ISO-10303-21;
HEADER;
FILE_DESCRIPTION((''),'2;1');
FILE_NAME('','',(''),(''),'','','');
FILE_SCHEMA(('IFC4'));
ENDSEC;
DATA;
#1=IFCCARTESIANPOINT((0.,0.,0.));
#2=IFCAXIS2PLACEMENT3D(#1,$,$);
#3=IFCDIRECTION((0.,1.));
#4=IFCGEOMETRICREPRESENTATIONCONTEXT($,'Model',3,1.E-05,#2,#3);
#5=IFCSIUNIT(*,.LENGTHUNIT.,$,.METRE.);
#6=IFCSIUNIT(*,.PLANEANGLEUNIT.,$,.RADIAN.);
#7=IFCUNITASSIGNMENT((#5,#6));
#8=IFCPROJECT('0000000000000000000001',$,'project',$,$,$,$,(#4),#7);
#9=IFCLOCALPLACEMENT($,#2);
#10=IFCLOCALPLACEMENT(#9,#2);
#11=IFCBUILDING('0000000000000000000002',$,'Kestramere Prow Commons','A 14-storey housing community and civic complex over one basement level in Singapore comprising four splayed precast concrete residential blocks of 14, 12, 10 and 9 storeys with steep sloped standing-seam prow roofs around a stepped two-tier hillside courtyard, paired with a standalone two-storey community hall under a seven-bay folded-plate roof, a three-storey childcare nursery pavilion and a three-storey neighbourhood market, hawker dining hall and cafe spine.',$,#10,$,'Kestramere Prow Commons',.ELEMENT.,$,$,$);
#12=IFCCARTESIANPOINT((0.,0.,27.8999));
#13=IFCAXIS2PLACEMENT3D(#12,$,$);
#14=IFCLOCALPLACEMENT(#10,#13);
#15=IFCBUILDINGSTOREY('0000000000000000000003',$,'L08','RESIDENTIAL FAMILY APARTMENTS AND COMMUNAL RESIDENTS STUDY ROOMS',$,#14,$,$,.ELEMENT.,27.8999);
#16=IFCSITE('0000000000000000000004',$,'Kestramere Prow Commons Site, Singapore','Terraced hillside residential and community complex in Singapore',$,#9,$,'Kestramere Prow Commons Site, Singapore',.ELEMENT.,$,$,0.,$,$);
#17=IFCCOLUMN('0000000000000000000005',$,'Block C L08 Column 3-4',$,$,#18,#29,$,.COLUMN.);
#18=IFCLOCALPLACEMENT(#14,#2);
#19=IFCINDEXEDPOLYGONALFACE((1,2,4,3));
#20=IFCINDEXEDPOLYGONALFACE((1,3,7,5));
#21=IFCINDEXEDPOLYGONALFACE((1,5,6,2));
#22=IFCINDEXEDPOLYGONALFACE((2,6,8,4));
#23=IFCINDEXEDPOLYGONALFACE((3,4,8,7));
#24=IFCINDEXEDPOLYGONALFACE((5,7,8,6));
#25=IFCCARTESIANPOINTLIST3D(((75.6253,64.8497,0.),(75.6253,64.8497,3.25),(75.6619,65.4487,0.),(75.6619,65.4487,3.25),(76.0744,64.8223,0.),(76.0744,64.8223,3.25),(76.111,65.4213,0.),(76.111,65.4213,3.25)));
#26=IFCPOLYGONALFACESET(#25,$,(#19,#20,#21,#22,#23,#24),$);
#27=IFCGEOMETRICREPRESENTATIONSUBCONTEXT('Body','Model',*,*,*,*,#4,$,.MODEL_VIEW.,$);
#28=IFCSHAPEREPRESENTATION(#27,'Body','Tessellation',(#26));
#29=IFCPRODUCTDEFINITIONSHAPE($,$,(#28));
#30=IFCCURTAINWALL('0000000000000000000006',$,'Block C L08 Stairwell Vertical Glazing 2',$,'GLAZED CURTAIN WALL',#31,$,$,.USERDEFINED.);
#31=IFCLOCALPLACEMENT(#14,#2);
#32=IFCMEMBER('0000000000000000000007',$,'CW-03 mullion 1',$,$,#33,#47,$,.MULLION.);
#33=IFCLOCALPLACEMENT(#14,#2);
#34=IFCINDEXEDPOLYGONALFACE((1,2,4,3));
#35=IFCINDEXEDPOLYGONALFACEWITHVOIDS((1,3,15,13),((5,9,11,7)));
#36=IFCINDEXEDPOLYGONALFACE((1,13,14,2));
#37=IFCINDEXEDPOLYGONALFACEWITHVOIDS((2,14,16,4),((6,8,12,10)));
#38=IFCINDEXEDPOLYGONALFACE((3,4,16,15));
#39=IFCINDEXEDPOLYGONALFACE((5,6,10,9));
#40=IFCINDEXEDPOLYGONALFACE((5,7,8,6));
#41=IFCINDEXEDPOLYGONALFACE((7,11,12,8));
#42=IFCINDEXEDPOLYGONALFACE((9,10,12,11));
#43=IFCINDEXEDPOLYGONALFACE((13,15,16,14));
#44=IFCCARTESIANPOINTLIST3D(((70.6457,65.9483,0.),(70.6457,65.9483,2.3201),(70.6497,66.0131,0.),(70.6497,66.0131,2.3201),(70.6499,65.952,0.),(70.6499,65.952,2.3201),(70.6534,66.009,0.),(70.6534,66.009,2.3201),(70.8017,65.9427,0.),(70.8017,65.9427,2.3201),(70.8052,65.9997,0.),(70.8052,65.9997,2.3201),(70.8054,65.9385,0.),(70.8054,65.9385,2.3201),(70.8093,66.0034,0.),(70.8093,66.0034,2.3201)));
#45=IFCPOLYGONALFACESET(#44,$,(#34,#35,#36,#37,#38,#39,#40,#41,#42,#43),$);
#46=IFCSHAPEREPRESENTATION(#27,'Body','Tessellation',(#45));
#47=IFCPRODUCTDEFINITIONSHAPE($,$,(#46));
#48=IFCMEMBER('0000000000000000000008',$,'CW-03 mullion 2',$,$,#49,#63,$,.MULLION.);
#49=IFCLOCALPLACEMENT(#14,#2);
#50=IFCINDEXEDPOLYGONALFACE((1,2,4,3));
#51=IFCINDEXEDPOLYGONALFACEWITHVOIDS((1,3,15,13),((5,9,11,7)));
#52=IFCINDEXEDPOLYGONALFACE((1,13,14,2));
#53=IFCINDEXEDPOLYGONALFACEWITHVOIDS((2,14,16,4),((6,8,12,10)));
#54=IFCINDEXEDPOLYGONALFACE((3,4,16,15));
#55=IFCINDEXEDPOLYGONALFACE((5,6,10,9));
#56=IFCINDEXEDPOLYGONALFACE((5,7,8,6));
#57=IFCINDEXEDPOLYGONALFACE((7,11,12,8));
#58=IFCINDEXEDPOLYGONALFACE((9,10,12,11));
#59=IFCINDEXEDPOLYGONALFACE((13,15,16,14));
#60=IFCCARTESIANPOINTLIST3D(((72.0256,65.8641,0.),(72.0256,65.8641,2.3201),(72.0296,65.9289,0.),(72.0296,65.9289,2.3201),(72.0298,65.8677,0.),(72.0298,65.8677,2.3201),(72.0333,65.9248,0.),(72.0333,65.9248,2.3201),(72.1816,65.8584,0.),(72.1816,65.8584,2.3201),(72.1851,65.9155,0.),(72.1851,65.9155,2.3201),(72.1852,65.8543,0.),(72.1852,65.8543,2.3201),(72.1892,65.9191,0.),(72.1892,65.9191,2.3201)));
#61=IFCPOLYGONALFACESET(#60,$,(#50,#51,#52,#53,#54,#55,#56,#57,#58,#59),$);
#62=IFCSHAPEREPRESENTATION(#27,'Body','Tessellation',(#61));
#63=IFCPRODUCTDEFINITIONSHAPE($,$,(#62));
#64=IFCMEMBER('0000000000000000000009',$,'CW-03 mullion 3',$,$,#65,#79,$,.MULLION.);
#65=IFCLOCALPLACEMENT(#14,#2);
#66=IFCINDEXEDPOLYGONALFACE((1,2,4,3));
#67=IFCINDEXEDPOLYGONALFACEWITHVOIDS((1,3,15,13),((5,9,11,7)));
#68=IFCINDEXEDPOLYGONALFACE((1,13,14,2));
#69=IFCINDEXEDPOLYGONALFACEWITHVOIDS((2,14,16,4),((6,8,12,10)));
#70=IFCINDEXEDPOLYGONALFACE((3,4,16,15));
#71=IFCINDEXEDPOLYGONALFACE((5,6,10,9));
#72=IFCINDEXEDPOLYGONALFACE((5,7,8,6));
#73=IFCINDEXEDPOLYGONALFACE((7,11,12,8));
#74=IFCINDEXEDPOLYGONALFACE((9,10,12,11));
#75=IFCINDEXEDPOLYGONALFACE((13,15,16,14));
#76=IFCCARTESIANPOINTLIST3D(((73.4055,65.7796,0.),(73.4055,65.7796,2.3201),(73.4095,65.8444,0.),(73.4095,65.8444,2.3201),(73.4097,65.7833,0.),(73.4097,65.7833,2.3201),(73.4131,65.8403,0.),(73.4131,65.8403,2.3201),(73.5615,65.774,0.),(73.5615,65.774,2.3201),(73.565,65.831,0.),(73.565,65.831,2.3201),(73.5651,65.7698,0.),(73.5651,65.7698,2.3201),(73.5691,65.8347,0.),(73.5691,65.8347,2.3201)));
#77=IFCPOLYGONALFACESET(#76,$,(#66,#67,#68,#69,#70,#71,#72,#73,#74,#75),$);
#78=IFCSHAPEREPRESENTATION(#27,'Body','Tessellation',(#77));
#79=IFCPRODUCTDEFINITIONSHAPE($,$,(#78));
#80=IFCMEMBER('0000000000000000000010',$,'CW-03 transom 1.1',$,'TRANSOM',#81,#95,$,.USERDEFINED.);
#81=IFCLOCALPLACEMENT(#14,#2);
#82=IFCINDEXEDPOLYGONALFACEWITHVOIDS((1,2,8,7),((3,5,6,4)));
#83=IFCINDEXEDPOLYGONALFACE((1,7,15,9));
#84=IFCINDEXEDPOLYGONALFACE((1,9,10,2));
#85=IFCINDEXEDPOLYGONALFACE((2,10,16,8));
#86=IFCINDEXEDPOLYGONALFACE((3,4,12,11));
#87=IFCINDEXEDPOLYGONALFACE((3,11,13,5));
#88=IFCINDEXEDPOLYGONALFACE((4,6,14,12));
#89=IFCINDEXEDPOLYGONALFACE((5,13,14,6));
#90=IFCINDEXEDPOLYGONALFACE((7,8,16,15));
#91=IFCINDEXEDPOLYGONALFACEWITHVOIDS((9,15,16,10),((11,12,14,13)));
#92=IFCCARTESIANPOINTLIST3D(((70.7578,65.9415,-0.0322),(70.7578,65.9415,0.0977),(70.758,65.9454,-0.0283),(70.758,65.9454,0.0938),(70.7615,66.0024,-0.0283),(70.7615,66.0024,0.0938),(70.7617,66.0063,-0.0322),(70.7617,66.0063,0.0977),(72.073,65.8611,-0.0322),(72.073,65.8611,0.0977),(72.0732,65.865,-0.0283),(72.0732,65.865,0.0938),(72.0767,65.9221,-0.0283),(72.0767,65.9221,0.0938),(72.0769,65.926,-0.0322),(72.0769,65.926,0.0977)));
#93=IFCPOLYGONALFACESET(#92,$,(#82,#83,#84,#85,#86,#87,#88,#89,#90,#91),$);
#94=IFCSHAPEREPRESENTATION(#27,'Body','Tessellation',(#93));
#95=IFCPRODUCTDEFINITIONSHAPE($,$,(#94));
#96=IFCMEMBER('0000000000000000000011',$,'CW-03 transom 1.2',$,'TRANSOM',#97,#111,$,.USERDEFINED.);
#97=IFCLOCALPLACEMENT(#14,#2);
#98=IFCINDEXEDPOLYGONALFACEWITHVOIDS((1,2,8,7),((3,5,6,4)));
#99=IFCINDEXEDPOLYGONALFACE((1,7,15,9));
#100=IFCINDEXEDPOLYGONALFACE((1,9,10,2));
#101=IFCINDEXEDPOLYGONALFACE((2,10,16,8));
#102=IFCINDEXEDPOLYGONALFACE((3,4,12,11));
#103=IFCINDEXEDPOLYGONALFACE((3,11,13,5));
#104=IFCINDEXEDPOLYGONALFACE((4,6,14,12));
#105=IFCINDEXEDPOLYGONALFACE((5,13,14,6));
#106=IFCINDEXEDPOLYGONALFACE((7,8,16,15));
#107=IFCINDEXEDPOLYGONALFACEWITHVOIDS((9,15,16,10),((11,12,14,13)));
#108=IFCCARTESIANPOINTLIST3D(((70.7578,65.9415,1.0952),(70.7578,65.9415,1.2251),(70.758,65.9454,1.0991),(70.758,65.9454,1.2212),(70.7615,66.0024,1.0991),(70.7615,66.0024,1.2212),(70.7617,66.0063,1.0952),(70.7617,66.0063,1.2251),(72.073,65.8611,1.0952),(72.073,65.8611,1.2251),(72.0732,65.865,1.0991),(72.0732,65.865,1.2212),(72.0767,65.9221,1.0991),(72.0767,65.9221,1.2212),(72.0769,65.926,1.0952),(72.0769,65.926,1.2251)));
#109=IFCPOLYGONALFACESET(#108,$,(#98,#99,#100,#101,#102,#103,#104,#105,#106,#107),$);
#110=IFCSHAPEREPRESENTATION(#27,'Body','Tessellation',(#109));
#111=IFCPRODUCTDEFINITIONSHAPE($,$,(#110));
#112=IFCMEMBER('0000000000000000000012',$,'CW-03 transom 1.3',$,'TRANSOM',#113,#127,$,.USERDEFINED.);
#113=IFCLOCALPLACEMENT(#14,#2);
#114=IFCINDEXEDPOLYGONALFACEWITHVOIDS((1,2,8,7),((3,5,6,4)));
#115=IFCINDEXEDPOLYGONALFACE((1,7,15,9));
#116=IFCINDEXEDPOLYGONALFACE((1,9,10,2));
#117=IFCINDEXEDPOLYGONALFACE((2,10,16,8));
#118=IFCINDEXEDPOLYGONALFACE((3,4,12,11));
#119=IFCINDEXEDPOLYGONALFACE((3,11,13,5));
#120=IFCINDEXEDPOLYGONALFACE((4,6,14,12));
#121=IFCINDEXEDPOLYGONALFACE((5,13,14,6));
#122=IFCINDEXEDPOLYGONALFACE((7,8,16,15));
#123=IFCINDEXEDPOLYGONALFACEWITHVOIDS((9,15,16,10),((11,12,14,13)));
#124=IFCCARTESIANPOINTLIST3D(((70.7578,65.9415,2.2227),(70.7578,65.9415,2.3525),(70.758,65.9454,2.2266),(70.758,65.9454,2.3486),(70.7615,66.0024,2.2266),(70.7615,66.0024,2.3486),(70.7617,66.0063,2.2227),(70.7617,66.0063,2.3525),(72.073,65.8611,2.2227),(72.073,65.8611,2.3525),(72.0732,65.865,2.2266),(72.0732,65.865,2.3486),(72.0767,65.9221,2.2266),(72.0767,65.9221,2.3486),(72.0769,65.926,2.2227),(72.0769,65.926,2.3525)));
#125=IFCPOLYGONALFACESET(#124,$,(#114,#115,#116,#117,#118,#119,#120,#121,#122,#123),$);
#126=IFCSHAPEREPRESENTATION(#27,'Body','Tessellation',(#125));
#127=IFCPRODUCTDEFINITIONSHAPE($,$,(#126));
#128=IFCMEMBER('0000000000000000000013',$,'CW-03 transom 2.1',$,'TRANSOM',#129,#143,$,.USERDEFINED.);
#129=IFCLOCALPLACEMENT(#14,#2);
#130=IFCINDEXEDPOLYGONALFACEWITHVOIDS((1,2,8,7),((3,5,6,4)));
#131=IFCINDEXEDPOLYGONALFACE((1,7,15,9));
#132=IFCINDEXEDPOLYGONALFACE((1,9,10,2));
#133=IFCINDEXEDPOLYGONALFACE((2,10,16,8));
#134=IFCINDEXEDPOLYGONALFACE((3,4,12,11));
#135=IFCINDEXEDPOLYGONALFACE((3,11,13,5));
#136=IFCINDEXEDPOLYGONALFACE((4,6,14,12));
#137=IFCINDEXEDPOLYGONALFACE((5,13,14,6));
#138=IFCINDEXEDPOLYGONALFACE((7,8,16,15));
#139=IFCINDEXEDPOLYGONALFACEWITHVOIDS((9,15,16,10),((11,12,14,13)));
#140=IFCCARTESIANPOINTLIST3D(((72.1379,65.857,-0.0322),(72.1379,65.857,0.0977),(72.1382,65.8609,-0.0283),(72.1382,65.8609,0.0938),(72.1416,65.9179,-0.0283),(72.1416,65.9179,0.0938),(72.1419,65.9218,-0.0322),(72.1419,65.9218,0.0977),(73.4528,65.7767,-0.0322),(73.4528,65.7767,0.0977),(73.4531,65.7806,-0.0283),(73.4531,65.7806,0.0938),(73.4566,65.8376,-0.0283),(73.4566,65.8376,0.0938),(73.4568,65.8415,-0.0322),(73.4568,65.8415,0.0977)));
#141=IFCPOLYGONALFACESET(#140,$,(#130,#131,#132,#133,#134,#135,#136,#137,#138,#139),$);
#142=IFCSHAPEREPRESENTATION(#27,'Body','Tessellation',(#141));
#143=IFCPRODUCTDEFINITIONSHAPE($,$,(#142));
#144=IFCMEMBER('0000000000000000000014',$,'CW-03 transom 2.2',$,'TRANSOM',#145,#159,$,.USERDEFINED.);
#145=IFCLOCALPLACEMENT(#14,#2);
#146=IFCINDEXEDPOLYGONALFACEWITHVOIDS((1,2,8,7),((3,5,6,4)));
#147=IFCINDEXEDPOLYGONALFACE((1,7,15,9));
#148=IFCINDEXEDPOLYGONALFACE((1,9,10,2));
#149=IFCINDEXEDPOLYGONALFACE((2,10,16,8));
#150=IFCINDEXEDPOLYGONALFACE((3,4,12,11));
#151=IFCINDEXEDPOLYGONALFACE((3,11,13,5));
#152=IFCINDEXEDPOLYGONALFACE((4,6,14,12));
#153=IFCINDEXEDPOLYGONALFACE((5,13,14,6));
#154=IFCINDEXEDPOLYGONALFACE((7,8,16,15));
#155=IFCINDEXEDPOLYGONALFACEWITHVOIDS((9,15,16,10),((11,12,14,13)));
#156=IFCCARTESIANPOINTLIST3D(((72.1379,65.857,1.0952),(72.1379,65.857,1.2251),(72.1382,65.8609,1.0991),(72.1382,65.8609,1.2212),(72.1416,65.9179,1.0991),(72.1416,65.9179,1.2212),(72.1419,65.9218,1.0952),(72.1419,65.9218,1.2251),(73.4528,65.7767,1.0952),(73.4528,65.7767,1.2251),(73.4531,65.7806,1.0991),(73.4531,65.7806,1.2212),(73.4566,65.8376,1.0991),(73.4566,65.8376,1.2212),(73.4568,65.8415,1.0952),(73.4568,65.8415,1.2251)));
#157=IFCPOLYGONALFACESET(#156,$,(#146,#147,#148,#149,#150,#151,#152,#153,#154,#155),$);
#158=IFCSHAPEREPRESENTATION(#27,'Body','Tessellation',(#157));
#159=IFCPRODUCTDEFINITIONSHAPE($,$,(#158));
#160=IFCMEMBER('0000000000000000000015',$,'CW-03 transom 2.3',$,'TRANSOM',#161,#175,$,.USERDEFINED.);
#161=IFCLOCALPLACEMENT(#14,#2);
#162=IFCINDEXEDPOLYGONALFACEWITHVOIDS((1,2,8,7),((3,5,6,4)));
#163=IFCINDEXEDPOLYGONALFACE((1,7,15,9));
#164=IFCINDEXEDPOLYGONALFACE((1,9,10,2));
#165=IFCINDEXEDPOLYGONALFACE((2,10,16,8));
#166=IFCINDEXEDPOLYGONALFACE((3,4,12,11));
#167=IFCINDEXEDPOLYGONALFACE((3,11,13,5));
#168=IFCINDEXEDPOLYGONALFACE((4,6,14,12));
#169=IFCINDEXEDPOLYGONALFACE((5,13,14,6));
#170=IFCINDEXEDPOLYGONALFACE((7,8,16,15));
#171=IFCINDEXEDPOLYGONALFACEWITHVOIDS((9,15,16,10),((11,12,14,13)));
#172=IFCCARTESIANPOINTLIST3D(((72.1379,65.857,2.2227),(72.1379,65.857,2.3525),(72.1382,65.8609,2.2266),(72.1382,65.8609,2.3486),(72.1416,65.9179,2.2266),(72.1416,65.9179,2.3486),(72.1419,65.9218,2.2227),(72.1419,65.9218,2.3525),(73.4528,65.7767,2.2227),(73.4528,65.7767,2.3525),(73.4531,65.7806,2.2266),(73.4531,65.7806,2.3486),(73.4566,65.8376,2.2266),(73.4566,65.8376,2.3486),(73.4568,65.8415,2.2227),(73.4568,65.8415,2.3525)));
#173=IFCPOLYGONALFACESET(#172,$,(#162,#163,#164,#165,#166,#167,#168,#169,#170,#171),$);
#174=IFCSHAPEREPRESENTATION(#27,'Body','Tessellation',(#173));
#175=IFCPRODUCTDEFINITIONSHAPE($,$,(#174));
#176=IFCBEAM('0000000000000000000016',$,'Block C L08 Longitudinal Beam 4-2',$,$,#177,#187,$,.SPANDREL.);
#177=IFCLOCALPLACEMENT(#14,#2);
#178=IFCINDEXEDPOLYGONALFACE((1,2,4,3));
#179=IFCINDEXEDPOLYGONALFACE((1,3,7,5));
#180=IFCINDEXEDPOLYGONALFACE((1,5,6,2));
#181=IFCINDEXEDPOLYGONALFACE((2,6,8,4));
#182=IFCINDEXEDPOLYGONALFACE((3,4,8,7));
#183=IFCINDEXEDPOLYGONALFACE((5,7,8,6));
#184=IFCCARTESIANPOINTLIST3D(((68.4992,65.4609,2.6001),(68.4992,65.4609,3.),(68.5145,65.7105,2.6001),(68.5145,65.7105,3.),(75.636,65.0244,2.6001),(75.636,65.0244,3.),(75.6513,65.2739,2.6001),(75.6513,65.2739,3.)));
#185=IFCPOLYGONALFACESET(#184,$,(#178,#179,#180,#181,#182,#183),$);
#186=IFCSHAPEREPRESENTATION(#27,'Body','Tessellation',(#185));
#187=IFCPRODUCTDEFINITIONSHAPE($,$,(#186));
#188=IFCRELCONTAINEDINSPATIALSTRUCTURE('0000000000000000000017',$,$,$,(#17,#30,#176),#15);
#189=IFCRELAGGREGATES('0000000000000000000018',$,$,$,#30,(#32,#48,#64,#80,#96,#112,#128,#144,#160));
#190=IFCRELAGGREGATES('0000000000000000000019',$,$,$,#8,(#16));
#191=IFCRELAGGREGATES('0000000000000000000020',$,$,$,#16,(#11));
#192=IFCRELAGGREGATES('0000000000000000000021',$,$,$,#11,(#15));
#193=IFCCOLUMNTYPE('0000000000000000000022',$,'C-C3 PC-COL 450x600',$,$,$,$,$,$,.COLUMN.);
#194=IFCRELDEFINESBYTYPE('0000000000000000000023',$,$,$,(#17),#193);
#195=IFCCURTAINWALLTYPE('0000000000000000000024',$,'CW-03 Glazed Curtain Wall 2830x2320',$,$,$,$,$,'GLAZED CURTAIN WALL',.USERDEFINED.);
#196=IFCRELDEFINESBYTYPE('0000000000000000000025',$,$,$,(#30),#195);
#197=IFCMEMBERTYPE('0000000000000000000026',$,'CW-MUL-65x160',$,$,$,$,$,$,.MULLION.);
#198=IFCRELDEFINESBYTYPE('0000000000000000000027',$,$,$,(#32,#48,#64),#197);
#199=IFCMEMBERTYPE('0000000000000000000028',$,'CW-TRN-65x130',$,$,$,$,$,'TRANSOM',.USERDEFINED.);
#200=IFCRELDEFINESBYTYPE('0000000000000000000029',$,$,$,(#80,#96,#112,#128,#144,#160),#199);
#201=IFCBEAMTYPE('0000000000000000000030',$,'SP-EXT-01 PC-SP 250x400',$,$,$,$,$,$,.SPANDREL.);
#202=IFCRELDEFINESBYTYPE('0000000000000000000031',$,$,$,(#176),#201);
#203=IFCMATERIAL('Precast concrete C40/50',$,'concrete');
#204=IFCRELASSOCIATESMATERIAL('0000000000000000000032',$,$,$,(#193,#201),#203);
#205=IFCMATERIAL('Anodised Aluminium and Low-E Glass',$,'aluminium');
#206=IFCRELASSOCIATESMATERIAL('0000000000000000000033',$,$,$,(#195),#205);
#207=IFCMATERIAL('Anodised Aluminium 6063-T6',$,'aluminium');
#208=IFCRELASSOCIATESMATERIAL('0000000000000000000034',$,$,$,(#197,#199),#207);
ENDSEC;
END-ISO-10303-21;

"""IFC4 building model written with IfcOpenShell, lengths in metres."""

from ifc_helpers import new_model, si_unit, direction, frame, origin, origin_2d, place, context, subcontext, project, spatial, rectangle, hollow_rectangle, extrude, material, material_profile, profile_set, type_object, element, aggregate, save


model = new_model("IFC4")

# Units and contexts
model_context = context("Model", 3, precision=1e-05, world=origin(), true_north=direction((0.0, 1.0)))
body_context = subcontext(model_context, "Body", "Model", "MODEL_VIEW")
ifc_project = project(units=[si_unit("LENGTHUNIT", "METRE"), si_unit("PLANEANGLEUNIT", "RADIAN")], contexts=[model_context])

# Site, building, storey
site_placement = place(None, origin())
site = spatial("IfcSite", under=ifc_project, at=site_placement, Name="Kestramere Prow Commons Site, Singapore", Description="Terraced hillside residential and community complex in Singapore", LongName="Kestramere Prow Commons Site, Singapore", CompositionType="ELEMENT", RefElevation=0.0)
building_placement = place(site_placement, origin())
building = spatial("IfcBuilding", under=site, at=building_placement, Name="Kestramere Prow Commons", Description="A 14-storey housing community and civic complex over one basement level in Singapore comprising four splayed precast concrete residential blocks of 14, 12, 10 and 9 storeys with steep sloped standing-seam prow roofs around a stepped two-tier hillside courtyard, paired with a standalone two-storey community hall under a seven-bay folded-plate roof, a three-storey childcare nursery pavilion and a three-storey neighbourhood market, hawker dining hall and cafe spine.", LongName="Kestramere Prow Commons", CompositionType="ELEMENT")
storey_placement = place(building_placement, frame((0.0, 0.0, 27.8999)))
storey = spatial("IfcBuildingStorey", under=building, at=storey_placement, Name="L08", Description="RESIDENTIAL FAMILY APARTMENTS AND COMMUNAL RESIDENTS STUDY ROOMS", CompositionType="ELEMENT", Elevation=27.8999)

# Column
ifc_material_1 = material(Name="Precast concrete C40/50", Category="concrete")
ifc_material_profile_1 = material_profile(ifc_material_1, rectangle(XDim=0.45, YDim=0.6001, at=origin_2d()), Name="PC-COL 450x600")
ifc_profile_set_1 = profile_set([ifc_material_profile_1], Name="Precast concrete C40/50")
column_type = type_object("IfcColumnType", Name="C-C3 PC-COL 450x600", PredefinedType="COLUMN", material=ifc_profile_set_1)
column_placement = place(storey_placement, frame((75.8682, 65.1355, 0.0), z_axis=(0.0, 0.0, 1.0), x_axis=(0.998135, -0.061049, 0.0)))
element("IfcColumn", 1, at=column_placement, inside=storey, type_object=column_type, Name="Block C L08 Column 3-4", PredefinedType="COLUMN", context=body_context, shape_type="SweptSolid", body=[
    extrude(rectangle(XDim=0.45, YDim=0.6001, at=origin_2d()), origin(), (0.0, 0.0, 1.0), 3.25),
])

# Curtain wall, members
ifc_material_2 = material(Name="Anodised Aluminium and Low-E Glass", Category="aluminium")
curtain_wall_type = type_object("IfcCurtainWallType", Name="CW-03 Glazed Curtain Wall 2830x2320", ElementType="GLAZED CURTAIN WALL", PredefinedType="USERDEFINED", material=ifc_material_2)
curtain_wall_placement = place(storey_placement, origin())
curtain_wall = element("IfcCurtainWall", 2, at=curtain_wall_placement, inside=storey, type_object=curtain_wall_type, Name="Block C L08 Stairwell Vertical Glazing 2", ObjectType="GLAZED CURTAIN WALL", PredefinedType="USERDEFINED")
ifc_material_3 = material(Name="Anodised Aluminium 6063-T6", Category="aluminium")
ifc_material_profile_2 = material_profile(ifc_material_3, hollow_rectangle(XDim=0.0649, YDim=0.1599, WallThickness=0.0039, at=origin_2d()), Name="ALU-MUL 65x160")
ifc_profile_set_2 = profile_set([ifc_material_profile_2], Name="Anodised Aluminium 6063-T6")
member_type_1 = type_object("IfcMemberType", Name="CW-MUL-65x160", PredefinedType="MULLION", material=ifc_profile_set_2)
member_1_placement = place(storey_placement, frame((70.7275, 65.9758, 0.0), z_axis=(0.0, 0.0, 1.0), x_axis=(0.061048, 0.998135, 0.0)))
member_1 = element("IfcMember", 3, at=member_1_placement, type_object=member_type_1, Name="CW-03 mullion 1", PredefinedType="MULLION", context=body_context, shape_type="SweptSolid", body=[
    extrude(hollow_rectangle(XDim=0.0649, YDim=0.1599, WallThickness=0.0039, at=origin_2d()), origin(), (0.0, 0.0, 1.0), 2.3201),
])
member_2_placement = place(storey_placement, frame((72.1074, 65.8916, 0.0), z_axis=(0.0, 0.0, 1.0), x_axis=(0.061048, 0.998135, 0.0)))
member_2 = element("IfcMember", 4, at=member_2_placement, type_object=member_type_1, Name="CW-03 mullion 2", PredefinedType="MULLION", context=body_context, shape_type="SweptSolid", body=[
    extrude(hollow_rectangle(XDim=0.0649, YDim=0.1599, WallThickness=0.0039, at=origin_2d()), origin(), (0.0, 0.0, 1.0), 2.3201),
])
member_3_placement = place(storey_placement, frame((73.4873, 65.8071, 0.0), z_axis=(0.0, 0.0, 1.0), x_axis=(0.061048, 0.998135, 0.0)))
member_3 = element("IfcMember", 5, at=member_3_placement, type_object=member_type_1, Name="CW-03 mullion 3", PredefinedType="MULLION", context=body_context, shape_type="SweptSolid", body=[
    extrude(hollow_rectangle(XDim=0.0649, YDim=0.1599, WallThickness=0.0039, at=origin_2d()), origin(), (0.0, 0.0, 1.0), 2.3201),
])
ifc_material_profile_3 = material_profile(ifc_material_3, hollow_rectangle(XDim=0.0649, YDim=0.1299, WallThickness=0.0039, at=origin_2d()), Name="ALU-TRN 65x130")
ifc_profile_set_3 = profile_set([ifc_material_profile_3], Name="Anodised Aluminium 6063-T6")
member_type_2 = type_object("IfcMemberType", Name="CW-TRN-65x130", ElementType="TRANSOM", PredefinedType="USERDEFINED", material=ifc_profile_set_3)
member_4_placement = place(storey_placement, frame((70.7598, 65.9739, 0.0327), z_axis=(0.99814, -0.060959, 0.0), x_axis=(0.060959, 0.99814, 0.0)))
member_4 = element("IfcMember", 6, at=member_4_placement, type_object=member_type_2, Name="CW-03 transom 1.1", ObjectType="TRANSOM", PredefinedType="USERDEFINED", context=body_context, shape_type="SweptSolid", body=[
    extrude(hollow_rectangle(XDim=0.0649, YDim=0.1299, WallThickness=0.0039, at=origin_2d()), origin(), (0.0, 0.0, 1.0), 1.3176),
])
member_5_placement = place(storey_placement, frame((70.7598, 65.9739, 1.1602), z_axis=(0.99814, -0.060959, 0.0), x_axis=(0.060959, 0.99814, 0.0)))
member_5 = element("IfcMember", 7, at=member_5_placement, type_object=member_type_2, Name="CW-03 transom 1.2", ObjectType="TRANSOM", PredefinedType="USERDEFINED", context=body_context, shape_type="SweptSolid", body=[
    extrude(hollow_rectangle(XDim=0.0649, YDim=0.1299, WallThickness=0.0039, at=origin_2d()), origin(), (0.0, 0.0, 1.0), 1.3176),
])
member_6_placement = place(storey_placement, frame((70.7598, 65.9739, 2.2876), z_axis=(0.99814, -0.060959, 0.0), x_axis=(0.060959, 0.99814, 0.0)))
member_6 = element("IfcMember", 8, at=member_6_placement, type_object=member_type_2, Name="CW-03 transom 1.3", ObjectType="TRANSOM", PredefinedType="USERDEFINED", context=body_context, shape_type="SweptSolid", body=[
    extrude(hollow_rectangle(XDim=0.0649, YDim=0.1299, WallThickness=0.0039, at=origin_2d()), origin(), (0.0, 0.0, 1.0), 1.3176),
])
member_7_placement = place(storey_placement, frame((72.1399, 65.8894, 0.0327), z_axis=(0.99814, -0.060971, 0.0), x_axis=(0.060971, 0.99814, 0.0)))
member_7 = element("IfcMember", 9, at=member_7_placement, type_object=member_type_2, Name="CW-03 transom 2.1", ObjectType="TRANSOM", PredefinedType="USERDEFINED", context=body_context, shape_type="SweptSolid", body=[
    extrude(hollow_rectangle(XDim=0.0649, YDim=0.1299, WallThickness=0.0039, at=origin_2d()), origin(), (0.0, 0.0, 1.0), 1.3174),
])
member_8_placement = place(storey_placement, frame((72.1399, 65.8894, 1.1602), z_axis=(0.99814, -0.060971, 0.0), x_axis=(0.060971, 0.99814, 0.0)))
member_8 = element("IfcMember", 10, at=member_8_placement, type_object=member_type_2, Name="CW-03 transom 2.2", ObjectType="TRANSOM", PredefinedType="USERDEFINED", context=body_context, shape_type="SweptSolid", body=[
    extrude(hollow_rectangle(XDim=0.0649, YDim=0.1299, WallThickness=0.0039, at=origin_2d()), origin(), (0.0, 0.0, 1.0), 1.3174),
])
member_9_placement = place(storey_placement, frame((72.1399, 65.8894, 2.2876), z_axis=(0.99814, -0.060971, 0.0), x_axis=(0.060971, 0.99814, 0.0)))
member_9 = element("IfcMember", 11, at=member_9_placement, type_object=member_type_2, Name="CW-03 transom 2.3", ObjectType="TRANSOM", PredefinedType="USERDEFINED", context=body_context, shape_type="SweptSolid", body=[
    extrude(hollow_rectangle(XDim=0.0649, YDim=0.1299, WallThickness=0.0039, at=origin_2d()), origin(), (0.0, 0.0, 1.0), 1.3174),
])

# Beam
ifc_material_profile_4 = material_profile(ifc_material_1, rectangle(XDim=0.25, YDim=0.3999, at=origin_2d()), Name="PC-SP 250x400")
ifc_profile_set_4 = profile_set([ifc_material_profile_4], Name="Precast concrete C40/50")
beam_type = type_object("IfcBeamType", Name="SP-EXT-01 PC-SP 250x400", PredefinedType="SPANDREL", material=ifc_profile_set_4)
for number, where, z_axis, x_axis, name in (
    (12, (68.5068, 65.5857, 2.8), (0.998135, -0.061052, 0.0), (0.061052, 0.998135, 0.0), "Block C L08 Longitudinal Beam 4-2"),
):
    element("IfcBeam", number, at=place(storey_placement, frame(where, z_axis=z_axis, x_axis=x_axis)), inside=storey, type_object=beam_type, Name=name, PredefinedType="SPANDREL", context=body_context, shape_type="SweptSolid", body=[
        extrude(rectangle(XDim=0.25, YDim=0.3999, at=origin_2d()), origin(), (0.0, 0.0, 1.0), 7.1501),
    ])

aggregate(curtain_wall, [member_1, member_2, member_3, member_4, member_5, member_6, member_7, member_8, member_9])

save(model, "model.ifc")
